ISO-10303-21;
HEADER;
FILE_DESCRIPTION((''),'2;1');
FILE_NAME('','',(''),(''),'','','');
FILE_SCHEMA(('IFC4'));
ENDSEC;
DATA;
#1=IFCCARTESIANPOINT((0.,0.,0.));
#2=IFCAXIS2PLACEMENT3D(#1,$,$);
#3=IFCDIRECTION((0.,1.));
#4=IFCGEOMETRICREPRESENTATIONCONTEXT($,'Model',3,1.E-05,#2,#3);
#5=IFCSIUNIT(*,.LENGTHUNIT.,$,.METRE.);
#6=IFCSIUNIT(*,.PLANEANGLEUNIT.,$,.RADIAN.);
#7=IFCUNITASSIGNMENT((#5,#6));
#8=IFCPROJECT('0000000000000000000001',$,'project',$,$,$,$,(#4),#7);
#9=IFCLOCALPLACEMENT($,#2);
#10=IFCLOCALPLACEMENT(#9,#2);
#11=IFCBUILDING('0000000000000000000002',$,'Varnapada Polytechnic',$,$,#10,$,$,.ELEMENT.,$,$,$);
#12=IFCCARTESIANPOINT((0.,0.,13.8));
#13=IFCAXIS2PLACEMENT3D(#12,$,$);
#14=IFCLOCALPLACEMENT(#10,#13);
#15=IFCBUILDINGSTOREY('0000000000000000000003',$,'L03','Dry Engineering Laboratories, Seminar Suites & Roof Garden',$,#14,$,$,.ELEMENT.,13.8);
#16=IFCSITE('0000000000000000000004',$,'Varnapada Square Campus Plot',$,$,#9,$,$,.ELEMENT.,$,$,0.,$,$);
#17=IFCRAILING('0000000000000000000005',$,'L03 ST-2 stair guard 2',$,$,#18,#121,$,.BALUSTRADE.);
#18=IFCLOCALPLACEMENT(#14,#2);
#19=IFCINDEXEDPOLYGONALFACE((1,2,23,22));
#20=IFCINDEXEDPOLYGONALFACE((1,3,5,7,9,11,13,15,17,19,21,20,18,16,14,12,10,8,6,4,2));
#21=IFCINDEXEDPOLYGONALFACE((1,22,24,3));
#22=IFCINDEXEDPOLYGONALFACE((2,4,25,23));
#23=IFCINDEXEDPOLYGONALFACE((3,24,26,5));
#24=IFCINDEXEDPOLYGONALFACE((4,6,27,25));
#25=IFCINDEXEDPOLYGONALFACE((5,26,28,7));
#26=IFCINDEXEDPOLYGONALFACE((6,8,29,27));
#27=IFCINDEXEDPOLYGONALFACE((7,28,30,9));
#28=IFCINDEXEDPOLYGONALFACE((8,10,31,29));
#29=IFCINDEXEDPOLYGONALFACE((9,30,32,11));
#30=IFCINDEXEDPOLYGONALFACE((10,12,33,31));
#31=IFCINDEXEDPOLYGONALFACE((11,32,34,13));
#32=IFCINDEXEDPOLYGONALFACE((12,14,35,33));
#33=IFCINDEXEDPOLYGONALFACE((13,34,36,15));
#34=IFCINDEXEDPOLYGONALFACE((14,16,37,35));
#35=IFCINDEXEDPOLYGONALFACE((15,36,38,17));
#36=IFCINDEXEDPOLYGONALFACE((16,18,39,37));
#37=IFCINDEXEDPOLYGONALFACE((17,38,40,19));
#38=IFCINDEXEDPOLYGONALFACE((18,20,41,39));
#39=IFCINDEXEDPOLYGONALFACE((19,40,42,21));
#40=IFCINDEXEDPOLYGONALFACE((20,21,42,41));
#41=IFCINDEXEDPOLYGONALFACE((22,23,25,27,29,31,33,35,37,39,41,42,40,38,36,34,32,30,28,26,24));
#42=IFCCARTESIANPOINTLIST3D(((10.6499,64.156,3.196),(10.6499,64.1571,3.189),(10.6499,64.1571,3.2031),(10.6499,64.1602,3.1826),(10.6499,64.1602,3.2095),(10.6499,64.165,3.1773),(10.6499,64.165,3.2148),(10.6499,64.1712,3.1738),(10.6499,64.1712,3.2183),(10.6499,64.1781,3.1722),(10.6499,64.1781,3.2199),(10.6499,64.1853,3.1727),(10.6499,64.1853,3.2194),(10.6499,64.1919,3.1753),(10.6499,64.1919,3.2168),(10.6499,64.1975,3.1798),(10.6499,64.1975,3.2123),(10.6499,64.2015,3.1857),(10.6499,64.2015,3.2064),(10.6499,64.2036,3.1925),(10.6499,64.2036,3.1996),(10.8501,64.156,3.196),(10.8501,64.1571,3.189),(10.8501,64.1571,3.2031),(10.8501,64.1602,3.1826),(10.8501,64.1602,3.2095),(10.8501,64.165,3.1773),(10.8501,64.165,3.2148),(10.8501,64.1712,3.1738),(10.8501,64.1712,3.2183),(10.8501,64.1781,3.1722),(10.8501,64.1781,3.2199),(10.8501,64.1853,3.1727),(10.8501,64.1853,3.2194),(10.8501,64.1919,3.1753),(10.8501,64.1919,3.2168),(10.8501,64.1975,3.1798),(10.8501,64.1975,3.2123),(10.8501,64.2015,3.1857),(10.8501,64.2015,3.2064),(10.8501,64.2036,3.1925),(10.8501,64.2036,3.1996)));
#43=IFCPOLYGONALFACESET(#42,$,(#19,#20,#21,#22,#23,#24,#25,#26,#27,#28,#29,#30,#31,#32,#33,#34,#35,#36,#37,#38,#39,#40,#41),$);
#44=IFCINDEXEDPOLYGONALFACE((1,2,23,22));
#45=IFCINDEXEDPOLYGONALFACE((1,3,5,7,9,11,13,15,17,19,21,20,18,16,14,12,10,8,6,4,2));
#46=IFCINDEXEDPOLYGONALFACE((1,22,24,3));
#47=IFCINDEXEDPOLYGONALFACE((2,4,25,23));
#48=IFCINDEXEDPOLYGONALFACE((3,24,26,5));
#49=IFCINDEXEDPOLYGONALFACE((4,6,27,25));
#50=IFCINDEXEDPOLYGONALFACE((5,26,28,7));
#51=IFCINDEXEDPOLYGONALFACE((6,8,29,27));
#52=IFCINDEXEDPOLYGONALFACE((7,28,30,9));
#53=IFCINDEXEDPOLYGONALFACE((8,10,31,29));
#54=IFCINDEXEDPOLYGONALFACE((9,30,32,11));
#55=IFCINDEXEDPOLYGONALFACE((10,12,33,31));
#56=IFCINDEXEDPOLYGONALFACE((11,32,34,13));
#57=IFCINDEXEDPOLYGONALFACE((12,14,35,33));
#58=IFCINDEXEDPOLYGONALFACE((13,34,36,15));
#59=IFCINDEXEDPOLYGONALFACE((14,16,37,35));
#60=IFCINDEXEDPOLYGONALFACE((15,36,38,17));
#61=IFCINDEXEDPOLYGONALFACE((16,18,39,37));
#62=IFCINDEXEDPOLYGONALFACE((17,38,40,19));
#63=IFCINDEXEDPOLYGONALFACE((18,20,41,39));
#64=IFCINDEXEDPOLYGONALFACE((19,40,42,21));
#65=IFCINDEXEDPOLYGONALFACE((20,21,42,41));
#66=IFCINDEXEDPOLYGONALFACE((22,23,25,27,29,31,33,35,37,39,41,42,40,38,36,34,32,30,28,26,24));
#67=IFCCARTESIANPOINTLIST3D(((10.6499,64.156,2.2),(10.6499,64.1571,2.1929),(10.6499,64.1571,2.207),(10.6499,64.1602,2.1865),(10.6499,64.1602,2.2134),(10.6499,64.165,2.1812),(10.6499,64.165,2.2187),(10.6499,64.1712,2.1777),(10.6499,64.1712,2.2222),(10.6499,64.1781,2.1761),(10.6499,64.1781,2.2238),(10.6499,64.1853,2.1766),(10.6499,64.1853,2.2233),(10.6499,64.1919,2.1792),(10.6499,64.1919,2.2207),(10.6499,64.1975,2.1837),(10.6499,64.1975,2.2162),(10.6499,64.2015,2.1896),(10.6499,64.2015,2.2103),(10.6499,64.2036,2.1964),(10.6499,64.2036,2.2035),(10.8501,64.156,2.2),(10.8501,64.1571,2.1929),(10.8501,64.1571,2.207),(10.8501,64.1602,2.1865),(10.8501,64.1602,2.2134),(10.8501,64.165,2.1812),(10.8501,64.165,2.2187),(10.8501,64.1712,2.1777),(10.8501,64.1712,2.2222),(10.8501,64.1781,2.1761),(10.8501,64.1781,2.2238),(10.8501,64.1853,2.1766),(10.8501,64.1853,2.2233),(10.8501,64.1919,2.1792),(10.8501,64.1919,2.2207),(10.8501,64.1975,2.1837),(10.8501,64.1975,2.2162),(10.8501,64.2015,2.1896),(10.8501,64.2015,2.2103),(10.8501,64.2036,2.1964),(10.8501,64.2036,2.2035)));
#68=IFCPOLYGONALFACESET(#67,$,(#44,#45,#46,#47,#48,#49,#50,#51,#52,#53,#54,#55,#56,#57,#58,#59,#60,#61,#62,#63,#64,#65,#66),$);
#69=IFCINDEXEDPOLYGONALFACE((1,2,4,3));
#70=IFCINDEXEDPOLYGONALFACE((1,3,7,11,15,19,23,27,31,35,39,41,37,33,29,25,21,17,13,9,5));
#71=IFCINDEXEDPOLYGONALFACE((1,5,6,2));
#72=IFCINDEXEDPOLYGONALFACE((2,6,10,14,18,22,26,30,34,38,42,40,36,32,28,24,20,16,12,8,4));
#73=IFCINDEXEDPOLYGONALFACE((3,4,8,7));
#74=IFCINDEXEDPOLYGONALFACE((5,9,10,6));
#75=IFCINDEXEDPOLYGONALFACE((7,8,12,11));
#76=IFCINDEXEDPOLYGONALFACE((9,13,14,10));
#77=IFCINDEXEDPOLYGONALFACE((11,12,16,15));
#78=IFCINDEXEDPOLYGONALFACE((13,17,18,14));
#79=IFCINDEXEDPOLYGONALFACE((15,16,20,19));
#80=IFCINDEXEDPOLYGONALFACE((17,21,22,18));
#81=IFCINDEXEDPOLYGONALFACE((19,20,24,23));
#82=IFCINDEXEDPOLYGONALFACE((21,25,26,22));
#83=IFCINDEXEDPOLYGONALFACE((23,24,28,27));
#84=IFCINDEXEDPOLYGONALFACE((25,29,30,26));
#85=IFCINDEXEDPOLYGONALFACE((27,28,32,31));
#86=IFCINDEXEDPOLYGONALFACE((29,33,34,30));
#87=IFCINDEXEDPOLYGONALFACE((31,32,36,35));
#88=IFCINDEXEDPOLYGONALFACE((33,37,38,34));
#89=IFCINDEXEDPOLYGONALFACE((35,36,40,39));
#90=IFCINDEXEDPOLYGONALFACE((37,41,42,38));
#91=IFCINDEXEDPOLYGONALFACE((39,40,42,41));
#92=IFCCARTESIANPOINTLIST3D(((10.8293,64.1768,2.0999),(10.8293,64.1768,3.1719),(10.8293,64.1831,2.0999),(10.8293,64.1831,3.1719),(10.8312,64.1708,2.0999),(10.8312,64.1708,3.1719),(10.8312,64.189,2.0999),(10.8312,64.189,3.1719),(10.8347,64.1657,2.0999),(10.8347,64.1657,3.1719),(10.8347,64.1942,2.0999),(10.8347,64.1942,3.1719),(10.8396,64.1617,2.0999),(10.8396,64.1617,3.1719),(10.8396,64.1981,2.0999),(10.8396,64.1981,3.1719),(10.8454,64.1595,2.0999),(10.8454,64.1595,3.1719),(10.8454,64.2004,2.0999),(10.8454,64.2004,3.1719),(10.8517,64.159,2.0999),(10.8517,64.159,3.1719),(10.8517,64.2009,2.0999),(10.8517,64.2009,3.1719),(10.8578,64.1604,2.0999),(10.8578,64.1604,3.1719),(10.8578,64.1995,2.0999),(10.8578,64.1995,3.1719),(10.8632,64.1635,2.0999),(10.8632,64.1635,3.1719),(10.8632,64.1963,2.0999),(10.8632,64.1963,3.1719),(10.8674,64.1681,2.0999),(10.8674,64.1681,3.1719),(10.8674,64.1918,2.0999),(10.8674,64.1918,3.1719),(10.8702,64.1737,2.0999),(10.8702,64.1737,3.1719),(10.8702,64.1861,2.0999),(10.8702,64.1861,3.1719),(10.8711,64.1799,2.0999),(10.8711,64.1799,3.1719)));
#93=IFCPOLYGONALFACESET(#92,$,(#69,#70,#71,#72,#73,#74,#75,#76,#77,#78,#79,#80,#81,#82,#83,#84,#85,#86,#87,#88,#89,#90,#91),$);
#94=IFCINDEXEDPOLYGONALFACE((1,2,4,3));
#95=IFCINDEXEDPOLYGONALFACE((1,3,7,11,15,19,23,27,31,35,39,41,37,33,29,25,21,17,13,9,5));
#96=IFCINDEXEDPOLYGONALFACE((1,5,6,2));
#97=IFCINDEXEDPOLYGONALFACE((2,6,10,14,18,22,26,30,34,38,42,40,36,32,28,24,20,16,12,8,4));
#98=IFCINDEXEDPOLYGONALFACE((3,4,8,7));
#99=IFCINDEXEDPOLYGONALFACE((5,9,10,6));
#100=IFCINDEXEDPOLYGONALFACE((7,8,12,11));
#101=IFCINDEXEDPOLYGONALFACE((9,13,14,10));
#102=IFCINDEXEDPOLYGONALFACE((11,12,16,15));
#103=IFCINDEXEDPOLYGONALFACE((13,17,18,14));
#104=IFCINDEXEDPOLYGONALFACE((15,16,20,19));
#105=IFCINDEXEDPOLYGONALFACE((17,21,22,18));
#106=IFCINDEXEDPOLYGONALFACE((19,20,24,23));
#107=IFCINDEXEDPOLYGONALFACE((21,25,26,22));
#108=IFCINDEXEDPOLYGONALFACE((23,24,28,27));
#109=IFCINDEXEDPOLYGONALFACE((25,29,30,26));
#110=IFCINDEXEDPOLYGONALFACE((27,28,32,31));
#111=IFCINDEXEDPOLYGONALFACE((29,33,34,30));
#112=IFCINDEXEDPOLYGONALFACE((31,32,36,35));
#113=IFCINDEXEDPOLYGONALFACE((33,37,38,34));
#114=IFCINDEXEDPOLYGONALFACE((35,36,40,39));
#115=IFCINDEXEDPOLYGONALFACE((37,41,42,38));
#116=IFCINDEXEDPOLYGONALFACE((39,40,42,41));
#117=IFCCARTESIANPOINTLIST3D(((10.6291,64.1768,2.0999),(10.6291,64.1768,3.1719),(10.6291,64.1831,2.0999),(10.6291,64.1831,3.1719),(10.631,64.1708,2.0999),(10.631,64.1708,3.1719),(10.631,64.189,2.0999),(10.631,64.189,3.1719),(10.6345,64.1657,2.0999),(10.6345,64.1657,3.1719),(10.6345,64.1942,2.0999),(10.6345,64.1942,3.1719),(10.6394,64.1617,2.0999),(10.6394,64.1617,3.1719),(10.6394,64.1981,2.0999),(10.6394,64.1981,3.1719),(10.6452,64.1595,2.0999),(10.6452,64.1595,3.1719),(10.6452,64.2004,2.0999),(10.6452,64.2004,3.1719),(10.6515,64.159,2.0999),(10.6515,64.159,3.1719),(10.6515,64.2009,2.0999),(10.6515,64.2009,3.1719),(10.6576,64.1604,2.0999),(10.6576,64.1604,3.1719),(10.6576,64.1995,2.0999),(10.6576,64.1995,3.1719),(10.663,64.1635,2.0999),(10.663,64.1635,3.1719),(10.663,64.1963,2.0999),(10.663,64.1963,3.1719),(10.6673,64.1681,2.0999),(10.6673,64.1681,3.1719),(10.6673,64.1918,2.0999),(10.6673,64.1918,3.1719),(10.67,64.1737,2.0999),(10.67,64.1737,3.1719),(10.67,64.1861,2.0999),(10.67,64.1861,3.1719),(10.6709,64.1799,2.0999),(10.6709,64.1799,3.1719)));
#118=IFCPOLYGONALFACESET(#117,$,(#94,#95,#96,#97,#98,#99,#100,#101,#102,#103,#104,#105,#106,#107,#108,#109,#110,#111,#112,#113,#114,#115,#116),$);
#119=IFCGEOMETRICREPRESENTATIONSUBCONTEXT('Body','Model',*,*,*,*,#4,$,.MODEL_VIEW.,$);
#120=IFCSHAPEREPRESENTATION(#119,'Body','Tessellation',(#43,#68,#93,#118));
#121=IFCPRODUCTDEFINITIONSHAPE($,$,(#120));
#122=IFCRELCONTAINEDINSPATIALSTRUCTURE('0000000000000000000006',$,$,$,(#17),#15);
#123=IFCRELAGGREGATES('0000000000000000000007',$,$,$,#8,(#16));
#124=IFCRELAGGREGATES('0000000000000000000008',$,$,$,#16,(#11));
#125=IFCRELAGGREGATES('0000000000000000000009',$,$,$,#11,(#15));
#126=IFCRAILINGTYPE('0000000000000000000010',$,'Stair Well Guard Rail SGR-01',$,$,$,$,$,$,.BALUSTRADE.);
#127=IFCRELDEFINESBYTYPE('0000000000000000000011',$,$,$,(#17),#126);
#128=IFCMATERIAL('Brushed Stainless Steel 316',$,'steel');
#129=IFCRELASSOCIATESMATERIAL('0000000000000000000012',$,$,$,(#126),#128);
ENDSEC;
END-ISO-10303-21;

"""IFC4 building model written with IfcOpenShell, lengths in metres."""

from ifc_helpers import new_model, si_unit, direction, frame, origin, origin_2d, place, context, subcontext, project, spatial, circle, extrude, material, type_object, element, save


model = new_model("IFC4")

# Units and contexts
model_context = context("Model", 3, precision=1e-05, world=origin(), true_north=direction((0.0, 1.0)))
body_context = subcontext(model_context, "Body", "Model", "MODEL_VIEW")
ifc_project = project(units=[si_unit("LENGTHUNIT", "METRE"), si_unit("PLANEANGLEUNIT", "RADIAN")], contexts=[model_context])

# Site, building, storey
site_placement = place(None, origin())
site = spatial("IfcSite", under=ifc_project, at=site_placement, Name="Varnapada Square Campus Plot", CompositionType="ELEMENT", RefElevation=0.0)
building_placement = place(site_placement, origin())
building = spatial("IfcBuilding", under=site, at=building_placement, Name="Varnapada Polytechnic", CompositionType="ELEMENT")
storey_placement = place(building_placement, frame((0.0, 0.0, 13.8)))
storey = spatial("IfcBuildingStorey", under=building, at=storey_placement, Name="L03", Description="Dry Engineering Laboratories, Seminar Suites & Roof Garden", CompositionType="ELEMENT", Elevation=13.8)

# Shared definitions
ifc_material_1 = material(Name="Brushed Stainless Steel 316", Category="steel")

# Railing
railing_type_1 = type_object("IfcRailingType", Name="Stair Well Guard Rail SGR-01", PredefinedType="BALUSTRADE", material=ifc_material_1)
railing_1_placement = place(storey_placement, frame((10.8501, 64.1799, 2.0999)))
element("IfcRailing", 1, at=railing_1_placement, inside=storey, type_object=railing_type_1, Name="L03 ST-2 stair guard 2", PredefinedType="BALUSTRADE", context=body_context, shape_type="SweptSolid", body=[
    extrude(circle(Radius=0.0239, at=origin_2d()), frame((0.0, 0.0, 1.0962), z_axis=(-1.0, 0.0, 0.0), x_axis=(0.0, -1.0, 0.0)), (0.0, 0.0, 1.0), 0.2002),
    extrude(circle(Radius=0.0239, at=origin_2d()), frame((0.0, 0.0, 0.1001), z_axis=(-1.0, 0.0, 0.0), x_axis=(0.0, -1.0, 0.0)), (0.0, 0.0, 1.0), 0.2002),
    extrude(circle(Radius=0.021, at=origin_2d()), origin(), (0.0, 0.0, 1.0), 1.072),
    extrude(circle(Radius=0.021, at=origin_2d()), frame((-0.2002, 0.0, 0.0)), (0.0, 0.0, 1.0), 1.072),
])

save(model, "model.ifc")
